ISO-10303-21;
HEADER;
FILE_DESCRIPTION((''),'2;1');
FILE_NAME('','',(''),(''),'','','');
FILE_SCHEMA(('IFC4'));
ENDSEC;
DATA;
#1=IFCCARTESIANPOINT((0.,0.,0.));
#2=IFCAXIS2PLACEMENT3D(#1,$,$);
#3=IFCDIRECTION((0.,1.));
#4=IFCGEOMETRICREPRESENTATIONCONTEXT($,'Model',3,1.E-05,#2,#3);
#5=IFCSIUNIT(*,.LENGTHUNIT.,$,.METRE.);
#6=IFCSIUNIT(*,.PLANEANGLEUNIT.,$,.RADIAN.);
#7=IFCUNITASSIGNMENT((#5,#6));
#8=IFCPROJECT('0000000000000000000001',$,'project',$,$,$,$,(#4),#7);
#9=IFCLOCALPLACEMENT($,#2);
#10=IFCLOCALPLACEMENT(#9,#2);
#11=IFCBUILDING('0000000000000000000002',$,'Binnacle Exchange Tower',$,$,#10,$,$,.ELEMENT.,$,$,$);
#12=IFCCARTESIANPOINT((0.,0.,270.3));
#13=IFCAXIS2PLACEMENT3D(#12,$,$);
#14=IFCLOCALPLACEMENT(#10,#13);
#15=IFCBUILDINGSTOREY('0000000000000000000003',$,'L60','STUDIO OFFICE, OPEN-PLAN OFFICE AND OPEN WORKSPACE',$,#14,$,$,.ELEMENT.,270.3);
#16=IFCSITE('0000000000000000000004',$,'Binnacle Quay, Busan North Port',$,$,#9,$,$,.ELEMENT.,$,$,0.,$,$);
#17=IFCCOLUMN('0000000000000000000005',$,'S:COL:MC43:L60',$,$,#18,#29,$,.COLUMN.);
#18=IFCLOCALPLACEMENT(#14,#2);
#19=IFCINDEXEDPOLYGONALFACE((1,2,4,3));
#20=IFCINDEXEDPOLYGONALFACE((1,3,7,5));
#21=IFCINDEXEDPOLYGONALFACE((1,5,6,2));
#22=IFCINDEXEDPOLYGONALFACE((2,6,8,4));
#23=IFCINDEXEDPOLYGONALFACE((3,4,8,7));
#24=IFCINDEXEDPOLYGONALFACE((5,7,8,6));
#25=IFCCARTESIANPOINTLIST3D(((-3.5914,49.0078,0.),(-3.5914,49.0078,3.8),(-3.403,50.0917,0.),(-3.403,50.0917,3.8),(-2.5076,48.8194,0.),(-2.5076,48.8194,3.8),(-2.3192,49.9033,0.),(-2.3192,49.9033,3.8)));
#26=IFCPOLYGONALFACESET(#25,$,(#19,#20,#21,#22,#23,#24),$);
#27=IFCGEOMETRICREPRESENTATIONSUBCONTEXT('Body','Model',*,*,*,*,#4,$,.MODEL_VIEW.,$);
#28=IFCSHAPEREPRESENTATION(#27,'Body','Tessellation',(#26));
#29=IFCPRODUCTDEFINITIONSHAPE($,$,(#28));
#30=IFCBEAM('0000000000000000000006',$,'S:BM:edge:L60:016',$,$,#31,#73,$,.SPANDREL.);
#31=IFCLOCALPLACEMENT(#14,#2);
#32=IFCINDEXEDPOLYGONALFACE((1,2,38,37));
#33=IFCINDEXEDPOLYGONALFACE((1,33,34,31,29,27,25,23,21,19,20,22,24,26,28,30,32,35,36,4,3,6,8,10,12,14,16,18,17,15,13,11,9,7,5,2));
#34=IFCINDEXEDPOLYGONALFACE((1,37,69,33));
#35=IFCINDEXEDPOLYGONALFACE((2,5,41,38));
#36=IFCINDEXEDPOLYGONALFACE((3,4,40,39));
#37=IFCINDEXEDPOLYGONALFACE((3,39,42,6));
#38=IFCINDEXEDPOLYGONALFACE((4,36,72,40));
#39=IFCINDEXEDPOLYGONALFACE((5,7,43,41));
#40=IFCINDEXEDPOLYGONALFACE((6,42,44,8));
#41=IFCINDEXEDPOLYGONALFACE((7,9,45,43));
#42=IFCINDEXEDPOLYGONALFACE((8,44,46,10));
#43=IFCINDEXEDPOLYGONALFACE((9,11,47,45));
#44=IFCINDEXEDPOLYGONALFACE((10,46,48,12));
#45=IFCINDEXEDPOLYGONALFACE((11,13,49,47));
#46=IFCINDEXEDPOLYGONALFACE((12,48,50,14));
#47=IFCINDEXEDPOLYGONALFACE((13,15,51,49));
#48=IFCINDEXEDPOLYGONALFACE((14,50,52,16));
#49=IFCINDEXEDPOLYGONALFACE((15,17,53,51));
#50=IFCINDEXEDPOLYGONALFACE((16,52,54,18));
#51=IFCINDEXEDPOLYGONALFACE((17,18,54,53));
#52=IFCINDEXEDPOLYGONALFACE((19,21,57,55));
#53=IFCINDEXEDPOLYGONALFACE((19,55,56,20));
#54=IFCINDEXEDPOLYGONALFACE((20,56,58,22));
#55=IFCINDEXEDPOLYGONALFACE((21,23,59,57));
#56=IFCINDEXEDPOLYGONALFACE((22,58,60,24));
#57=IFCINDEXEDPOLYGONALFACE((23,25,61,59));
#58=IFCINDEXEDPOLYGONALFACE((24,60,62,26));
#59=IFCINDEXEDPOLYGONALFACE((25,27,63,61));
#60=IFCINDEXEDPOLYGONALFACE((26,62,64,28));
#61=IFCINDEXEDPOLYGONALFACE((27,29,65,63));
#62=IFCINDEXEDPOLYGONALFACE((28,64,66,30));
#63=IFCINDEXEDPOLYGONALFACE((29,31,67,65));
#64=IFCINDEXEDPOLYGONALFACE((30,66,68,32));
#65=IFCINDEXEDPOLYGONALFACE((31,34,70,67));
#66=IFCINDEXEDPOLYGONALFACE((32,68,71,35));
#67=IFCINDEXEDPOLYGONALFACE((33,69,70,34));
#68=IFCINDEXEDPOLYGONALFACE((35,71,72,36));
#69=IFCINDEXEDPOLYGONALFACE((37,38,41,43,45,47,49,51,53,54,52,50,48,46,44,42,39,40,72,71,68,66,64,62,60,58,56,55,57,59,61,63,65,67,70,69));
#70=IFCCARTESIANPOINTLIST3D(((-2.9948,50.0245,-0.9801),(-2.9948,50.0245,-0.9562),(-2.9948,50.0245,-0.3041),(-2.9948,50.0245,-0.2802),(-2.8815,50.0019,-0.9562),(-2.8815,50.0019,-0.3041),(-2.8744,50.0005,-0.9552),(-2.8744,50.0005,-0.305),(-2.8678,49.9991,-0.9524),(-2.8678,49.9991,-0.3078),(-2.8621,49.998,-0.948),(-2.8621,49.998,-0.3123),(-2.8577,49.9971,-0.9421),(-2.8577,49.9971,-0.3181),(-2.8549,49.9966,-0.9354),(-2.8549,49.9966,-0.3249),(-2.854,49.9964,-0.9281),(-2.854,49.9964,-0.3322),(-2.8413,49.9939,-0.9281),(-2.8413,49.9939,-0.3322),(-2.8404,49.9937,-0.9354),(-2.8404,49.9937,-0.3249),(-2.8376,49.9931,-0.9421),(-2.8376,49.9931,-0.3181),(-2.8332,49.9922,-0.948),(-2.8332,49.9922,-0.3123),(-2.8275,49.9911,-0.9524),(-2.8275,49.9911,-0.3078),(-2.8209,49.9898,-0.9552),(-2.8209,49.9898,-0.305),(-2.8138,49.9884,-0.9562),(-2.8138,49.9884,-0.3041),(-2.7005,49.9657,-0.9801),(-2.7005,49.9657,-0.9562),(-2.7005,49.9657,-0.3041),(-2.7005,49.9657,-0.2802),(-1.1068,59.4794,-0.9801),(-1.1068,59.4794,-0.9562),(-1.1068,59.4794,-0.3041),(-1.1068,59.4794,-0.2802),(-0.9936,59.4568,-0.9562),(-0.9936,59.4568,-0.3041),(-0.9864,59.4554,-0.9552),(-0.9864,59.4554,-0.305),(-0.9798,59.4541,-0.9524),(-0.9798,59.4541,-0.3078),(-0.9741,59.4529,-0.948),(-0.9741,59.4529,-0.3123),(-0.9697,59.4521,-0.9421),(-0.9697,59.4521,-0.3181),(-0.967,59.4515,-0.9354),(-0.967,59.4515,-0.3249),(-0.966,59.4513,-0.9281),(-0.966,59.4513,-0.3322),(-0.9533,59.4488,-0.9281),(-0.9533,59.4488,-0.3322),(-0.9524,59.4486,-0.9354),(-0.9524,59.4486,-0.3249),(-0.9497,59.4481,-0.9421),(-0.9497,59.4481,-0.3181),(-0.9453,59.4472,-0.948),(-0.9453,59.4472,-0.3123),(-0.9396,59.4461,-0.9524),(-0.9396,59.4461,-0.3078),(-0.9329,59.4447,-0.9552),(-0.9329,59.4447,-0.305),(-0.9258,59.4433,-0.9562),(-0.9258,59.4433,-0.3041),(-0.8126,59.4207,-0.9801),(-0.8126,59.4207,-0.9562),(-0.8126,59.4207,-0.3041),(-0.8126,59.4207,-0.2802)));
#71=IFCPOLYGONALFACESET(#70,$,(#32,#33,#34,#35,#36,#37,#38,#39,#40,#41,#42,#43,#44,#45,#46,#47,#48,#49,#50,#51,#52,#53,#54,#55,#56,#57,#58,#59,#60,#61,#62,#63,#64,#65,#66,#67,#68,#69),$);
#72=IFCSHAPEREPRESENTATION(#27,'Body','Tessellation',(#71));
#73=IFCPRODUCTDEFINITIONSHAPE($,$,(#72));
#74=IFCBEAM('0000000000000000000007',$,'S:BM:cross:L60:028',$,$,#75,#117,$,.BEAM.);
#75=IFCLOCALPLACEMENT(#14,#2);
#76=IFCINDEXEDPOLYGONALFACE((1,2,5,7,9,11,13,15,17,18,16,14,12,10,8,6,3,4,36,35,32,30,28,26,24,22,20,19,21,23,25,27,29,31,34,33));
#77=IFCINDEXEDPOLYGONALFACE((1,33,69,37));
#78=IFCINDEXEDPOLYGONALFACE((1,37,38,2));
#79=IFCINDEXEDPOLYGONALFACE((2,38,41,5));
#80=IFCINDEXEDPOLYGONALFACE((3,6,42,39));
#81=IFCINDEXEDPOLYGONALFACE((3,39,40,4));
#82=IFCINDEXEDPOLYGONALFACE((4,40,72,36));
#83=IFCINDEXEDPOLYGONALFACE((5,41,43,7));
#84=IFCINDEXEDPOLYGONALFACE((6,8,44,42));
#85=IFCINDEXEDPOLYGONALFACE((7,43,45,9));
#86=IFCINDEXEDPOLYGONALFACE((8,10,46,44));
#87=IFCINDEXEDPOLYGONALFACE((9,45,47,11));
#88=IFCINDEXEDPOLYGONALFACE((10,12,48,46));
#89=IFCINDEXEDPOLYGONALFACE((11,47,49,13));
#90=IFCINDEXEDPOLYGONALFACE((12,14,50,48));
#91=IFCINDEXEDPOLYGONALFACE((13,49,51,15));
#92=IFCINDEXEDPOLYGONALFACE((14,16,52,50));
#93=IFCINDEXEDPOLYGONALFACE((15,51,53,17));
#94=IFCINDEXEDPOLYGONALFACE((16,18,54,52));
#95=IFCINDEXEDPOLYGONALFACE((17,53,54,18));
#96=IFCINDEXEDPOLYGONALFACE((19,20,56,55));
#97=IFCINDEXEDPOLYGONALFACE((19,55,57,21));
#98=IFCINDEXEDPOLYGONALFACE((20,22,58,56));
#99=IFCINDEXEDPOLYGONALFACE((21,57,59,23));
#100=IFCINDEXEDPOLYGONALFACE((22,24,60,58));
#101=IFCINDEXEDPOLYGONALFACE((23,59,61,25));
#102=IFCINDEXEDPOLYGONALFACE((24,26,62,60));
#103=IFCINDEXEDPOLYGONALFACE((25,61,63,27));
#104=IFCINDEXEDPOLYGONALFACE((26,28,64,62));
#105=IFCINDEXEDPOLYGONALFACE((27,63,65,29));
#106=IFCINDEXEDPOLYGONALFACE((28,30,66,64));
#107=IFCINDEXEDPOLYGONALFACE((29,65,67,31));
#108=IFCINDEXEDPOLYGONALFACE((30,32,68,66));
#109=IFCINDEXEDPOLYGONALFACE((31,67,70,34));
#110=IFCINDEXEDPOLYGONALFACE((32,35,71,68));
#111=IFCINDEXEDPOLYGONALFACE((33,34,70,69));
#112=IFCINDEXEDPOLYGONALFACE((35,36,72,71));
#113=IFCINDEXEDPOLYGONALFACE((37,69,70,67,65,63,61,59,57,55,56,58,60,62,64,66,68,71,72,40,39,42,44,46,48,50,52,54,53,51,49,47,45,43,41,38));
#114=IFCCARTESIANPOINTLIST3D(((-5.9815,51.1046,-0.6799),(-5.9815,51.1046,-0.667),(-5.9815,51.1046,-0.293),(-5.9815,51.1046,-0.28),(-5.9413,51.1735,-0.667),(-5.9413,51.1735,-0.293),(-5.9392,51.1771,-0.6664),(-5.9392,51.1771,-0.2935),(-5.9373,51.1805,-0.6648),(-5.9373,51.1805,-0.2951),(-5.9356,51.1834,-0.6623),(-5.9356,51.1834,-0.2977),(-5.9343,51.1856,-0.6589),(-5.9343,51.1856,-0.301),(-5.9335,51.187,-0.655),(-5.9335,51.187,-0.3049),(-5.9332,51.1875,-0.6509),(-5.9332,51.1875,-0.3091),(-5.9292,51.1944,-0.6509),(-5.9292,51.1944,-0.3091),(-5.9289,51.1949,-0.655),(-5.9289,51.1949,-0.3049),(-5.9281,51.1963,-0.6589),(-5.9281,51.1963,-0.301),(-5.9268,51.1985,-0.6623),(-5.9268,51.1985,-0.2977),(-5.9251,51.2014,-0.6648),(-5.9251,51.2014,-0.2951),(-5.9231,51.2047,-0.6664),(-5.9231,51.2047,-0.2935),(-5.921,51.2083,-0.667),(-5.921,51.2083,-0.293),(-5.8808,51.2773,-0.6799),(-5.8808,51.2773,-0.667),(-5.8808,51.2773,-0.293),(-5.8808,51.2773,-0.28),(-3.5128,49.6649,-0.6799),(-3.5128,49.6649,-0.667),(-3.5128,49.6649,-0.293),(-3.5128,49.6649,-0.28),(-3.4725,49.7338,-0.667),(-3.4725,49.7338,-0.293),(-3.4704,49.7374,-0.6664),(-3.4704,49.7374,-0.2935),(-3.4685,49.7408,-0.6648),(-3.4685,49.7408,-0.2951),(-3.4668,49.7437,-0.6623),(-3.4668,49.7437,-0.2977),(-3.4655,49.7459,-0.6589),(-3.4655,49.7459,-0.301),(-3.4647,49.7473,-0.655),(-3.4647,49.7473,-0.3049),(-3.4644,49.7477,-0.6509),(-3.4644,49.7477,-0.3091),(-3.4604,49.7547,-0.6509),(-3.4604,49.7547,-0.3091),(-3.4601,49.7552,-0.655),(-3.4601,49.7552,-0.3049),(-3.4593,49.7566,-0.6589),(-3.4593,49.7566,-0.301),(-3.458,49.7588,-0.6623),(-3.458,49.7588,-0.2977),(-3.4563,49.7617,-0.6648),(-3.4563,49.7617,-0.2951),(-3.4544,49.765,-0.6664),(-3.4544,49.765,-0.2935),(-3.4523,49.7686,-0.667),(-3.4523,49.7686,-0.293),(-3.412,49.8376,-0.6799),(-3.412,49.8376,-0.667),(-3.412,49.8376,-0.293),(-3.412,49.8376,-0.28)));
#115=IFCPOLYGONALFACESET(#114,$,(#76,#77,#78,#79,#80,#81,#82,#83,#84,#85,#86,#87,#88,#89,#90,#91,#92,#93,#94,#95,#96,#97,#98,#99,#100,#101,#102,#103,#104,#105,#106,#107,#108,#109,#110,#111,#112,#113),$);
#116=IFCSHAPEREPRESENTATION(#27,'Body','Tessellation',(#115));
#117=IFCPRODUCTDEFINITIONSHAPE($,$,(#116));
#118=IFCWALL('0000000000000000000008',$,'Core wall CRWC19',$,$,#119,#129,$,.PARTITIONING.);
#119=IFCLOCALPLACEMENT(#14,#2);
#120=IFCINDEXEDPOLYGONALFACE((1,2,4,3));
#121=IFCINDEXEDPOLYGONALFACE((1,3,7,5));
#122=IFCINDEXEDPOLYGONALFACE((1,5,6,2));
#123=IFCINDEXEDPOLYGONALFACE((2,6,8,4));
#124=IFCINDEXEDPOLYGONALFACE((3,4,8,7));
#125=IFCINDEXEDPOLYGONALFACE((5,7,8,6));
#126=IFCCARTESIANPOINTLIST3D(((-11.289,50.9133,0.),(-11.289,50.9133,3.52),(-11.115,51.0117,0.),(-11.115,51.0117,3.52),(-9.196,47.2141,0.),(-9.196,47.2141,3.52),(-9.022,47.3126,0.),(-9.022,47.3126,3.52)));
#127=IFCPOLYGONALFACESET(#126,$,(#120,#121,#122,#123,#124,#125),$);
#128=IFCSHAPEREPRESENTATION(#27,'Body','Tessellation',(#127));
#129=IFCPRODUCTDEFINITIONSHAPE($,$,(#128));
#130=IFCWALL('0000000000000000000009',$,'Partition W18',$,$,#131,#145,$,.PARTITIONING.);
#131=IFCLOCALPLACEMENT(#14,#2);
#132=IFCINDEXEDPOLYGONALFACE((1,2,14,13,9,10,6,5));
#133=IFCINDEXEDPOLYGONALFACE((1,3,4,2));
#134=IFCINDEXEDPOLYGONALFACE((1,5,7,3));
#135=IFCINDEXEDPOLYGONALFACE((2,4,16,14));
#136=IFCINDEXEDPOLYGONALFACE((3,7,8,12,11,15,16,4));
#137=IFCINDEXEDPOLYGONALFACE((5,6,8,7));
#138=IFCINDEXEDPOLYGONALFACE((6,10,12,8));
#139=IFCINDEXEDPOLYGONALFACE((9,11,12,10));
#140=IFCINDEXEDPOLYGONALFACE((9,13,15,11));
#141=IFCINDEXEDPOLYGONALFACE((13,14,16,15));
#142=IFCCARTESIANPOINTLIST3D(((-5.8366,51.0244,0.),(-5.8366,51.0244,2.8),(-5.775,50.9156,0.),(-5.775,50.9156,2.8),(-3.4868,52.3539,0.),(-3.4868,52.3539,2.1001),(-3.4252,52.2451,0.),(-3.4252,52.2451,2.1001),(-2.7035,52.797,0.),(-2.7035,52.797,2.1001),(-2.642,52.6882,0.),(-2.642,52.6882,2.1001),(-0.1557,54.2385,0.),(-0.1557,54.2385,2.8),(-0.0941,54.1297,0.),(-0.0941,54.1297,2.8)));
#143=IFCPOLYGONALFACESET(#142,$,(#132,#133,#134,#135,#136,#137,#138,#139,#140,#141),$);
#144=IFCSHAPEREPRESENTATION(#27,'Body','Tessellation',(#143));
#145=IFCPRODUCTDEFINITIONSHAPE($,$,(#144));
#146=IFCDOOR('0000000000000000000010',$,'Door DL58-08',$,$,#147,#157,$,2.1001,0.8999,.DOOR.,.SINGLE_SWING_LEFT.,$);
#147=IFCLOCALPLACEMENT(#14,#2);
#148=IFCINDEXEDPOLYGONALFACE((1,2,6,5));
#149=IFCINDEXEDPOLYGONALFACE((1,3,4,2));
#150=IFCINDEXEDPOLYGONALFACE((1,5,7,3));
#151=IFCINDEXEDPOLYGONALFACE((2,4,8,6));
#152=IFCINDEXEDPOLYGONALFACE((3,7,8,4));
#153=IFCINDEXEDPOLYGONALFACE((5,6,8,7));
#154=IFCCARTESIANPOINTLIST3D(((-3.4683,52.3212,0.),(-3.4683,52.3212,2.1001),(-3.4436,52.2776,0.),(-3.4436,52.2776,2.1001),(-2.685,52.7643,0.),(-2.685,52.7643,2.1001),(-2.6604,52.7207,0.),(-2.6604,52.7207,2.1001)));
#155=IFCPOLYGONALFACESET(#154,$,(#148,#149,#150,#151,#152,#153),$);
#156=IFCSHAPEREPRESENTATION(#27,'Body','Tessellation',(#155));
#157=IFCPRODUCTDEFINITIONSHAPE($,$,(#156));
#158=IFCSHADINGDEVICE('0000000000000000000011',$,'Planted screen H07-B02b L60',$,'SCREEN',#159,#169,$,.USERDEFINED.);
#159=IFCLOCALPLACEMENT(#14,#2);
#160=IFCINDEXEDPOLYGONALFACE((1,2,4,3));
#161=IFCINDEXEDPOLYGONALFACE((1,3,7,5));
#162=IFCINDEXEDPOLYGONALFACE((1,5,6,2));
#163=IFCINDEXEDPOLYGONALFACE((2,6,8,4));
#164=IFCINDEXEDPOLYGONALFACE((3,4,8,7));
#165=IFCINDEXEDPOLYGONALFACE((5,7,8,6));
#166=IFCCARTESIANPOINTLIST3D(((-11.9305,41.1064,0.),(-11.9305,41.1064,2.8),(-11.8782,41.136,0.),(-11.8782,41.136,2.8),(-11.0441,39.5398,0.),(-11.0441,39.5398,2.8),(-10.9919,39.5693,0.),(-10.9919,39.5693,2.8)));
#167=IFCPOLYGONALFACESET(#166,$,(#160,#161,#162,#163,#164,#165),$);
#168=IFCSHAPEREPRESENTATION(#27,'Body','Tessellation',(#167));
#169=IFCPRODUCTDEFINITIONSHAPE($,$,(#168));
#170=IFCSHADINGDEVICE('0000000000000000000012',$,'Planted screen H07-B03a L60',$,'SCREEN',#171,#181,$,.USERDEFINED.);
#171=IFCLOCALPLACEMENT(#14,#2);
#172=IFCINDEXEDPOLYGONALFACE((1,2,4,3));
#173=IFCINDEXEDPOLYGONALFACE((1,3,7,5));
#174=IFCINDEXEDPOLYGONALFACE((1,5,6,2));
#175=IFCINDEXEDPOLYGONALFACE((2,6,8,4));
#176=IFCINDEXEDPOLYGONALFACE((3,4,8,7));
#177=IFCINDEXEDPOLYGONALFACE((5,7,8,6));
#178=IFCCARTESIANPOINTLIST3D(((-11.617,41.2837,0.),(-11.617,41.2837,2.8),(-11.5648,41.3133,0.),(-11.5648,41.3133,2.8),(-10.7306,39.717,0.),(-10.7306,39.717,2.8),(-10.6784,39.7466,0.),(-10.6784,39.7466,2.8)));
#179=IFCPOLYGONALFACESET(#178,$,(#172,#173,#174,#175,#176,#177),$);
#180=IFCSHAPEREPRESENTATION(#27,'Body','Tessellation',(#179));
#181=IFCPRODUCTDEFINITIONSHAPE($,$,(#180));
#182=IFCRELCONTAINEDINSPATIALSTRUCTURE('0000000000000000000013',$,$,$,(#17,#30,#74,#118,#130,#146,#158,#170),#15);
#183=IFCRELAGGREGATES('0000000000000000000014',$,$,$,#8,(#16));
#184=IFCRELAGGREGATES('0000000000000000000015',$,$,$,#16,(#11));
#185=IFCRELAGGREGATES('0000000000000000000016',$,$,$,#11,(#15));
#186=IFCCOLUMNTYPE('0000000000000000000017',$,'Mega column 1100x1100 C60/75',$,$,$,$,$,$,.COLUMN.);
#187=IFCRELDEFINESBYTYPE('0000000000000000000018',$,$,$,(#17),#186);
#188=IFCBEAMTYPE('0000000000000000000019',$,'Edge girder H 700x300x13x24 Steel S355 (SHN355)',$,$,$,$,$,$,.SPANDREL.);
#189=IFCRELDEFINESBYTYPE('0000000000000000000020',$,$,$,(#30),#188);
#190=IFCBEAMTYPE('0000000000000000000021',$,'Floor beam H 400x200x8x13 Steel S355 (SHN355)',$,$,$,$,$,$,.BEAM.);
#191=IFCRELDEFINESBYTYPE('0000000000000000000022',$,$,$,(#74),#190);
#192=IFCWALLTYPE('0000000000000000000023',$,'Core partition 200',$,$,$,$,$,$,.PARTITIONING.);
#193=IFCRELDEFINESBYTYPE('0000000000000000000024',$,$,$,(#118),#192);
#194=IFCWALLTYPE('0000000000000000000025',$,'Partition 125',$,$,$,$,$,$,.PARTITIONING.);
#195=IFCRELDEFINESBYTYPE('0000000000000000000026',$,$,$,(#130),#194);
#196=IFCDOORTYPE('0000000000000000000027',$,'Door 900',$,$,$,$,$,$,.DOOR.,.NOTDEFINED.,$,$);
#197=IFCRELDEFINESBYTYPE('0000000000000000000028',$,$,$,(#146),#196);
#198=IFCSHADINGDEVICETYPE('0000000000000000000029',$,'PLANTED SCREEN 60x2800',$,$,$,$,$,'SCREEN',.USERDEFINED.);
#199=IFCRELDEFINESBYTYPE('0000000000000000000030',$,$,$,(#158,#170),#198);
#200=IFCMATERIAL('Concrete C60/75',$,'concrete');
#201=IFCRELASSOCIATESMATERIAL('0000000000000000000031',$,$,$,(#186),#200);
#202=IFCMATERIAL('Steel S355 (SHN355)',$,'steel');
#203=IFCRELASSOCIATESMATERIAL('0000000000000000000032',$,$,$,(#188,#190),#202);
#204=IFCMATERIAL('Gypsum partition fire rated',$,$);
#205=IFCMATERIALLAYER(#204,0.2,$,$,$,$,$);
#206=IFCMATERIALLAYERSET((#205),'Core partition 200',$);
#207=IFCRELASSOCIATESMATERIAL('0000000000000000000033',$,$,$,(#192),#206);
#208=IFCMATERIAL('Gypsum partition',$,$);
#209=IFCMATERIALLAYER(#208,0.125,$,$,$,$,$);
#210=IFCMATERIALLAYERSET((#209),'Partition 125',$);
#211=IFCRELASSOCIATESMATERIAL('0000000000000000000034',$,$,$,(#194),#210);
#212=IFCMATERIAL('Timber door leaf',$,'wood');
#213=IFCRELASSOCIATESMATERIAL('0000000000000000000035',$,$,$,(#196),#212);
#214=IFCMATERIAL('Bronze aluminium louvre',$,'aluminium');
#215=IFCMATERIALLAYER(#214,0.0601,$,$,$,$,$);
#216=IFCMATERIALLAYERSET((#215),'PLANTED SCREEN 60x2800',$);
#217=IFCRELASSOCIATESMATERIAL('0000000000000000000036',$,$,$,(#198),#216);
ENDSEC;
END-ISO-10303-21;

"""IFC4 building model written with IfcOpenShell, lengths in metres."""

from ifc_helpers import new_model, si_unit, direction, frame, frame_2d, origin, origin_2d, place, context, subcontext, project, spatial, rectangle, i_section, extrude, material, layer, layer_set, material_profile, profile_set, type_object, element, fill, save


model = new_model("IFC4")

# Units and contexts
model_context = context("Model", 3, precision=1e-05, world=origin(), true_north=direction((0.0, 1.0)))
body_context = subcontext(model_context, "Body", "Model", "MODEL_VIEW")
ifc_project = project(units=[si_unit("LENGTHUNIT", "METRE"), si_unit("PLANEANGLEUNIT", "RADIAN")], contexts=[model_context])

# Site, building, storey
site_placement = place(None, origin())
site = spatial("IfcSite", under=ifc_project, at=site_placement, Name="Binnacle Quay, Busan North Port", CompositionType="ELEMENT", RefElevation=0.0)
building_placement = place(site_placement, origin())
building = spatial("IfcBuilding", under=site, at=building_placement, Name="Binnacle Exchange Tower", CompositionType="ELEMENT")
storey_placement = place(building_placement, frame((0.0, 0.0, 270.3)))
storey = spatial("IfcBuildingStorey", under=building, at=storey_placement, Name="L60", Description="STUDIO OFFICE, OPEN-PLAN OFFICE AND OPEN WORKSPACE", CompositionType="ELEMENT", Elevation=270.3)

# Column
ifc_material_1 = material(Name="Concrete C60/75", Category="concrete")
ifc_material_profile_1 = material_profile(ifc_material_1, rectangle(XDim=1.1001, YDim=1.1001, at=origin_2d()), Name="Mega column 1100x1100 C60/75")
ifc_profile_set_1 = profile_set([ifc_material_profile_1], Name="Concrete C60/75")
column_type = type_object("IfcColumnType", Name="Mega column 1100x1100 C60/75", PredefinedType="COLUMN", material=ifc_profile_set_1)
column_placement = place(storey_placement, frame((-2.9553, 49.4556, 0.0), z_axis=(0.0, 0.0, 1.0), x_axis=(-0.985226, 0.171259, 0.0)))
element("IfcColumn", 1, at=column_placement, inside=storey, type_object=column_type, Name="S:COL:MC43:L60", PredefinedType="COLUMN", context=body_context, shape_type="SweptSolid", body=[
    extrude(rectangle(XDim=1.1001, YDim=1.1001, at=origin_2d()), origin(), (0.0, 0.0, 1.0), 3.8),
])

# Beams
ifc_material_2 = material(Name="Steel S355 (SHN355)", Category="steel")
ifc_material_profile_2 = material_profile(ifc_material_2, i_section(OverallWidth=0.3, OverallDepth=0.7, WebThickness=0.0129, FlangeThickness=0.0239, FilletRadius=0.0281, at=origin_2d()), Name="H 700x300x13x24")
ifc_profile_set_2 = profile_set([ifc_material_profile_2], Name="Steel S355 (SHN355)")
beam_type_1 = type_object("IfcBeamType", Name="Edge girder H 700x300x13x24 Steel S355 (SHN355)", PredefinedType="SPANDREL", material=ifc_profile_set_2)
beam_1_placement = place(storey_placement, frame((-2.8477, 49.9951, -0.6301), z_axis=(0.195814, 0.980641, 0.0), x_axis=(-0.980641, 0.195814, 0.0)))
element("IfcBeam", 2, at=beam_1_placement, inside=storey, type_object=beam_type_1, Name="S:BM:edge:L60:016", PredefinedType="SPANDREL", context=body_context, shape_type="SweptSolid", body=[
    extrude(i_section(OverallWidth=0.3, OverallDepth=0.7, WebThickness=0.0129, FlangeThickness=0.0239, FilletRadius=0.0281, at=origin_2d()), origin(), (0.0, 0.0, 1.0), 9.6416),
])
ifc_material_profile_3 = material_profile(ifc_material_2, i_section(OverallWidth=0.2, OverallDepth=0.3999, WebThickness=0.0081, FlangeThickness=0.0129, FilletRadius=0.0161, at=origin_2d()), Name="H 400x200x8x13")
ifc_profile_set_3 = profile_set([ifc_material_profile_3], Name="Steel S355 (SHN355)")
beam_type_2 = type_object("IfcBeamType", Name="Floor beam H 400x200x8x13 Steel S355 (SHN355)", PredefinedType="BEAM", material=ifc_profile_set_3)
beam_2_placement = place(storey_placement, frame((-3.4624, 49.7512, -0.48), z_axis=(-0.863841, 0.503765, 0.0), x_axis=(-0.503765, -0.863841, 0.0)))
element("IfcBeam", 3, at=beam_2_placement, inside=storey, type_object=beam_type_2, Name="S:BM:cross:L60:028", PredefinedType="BEAM", context=body_context, shape_type="SweptSolid", body=[
    extrude(i_section(OverallWidth=0.2, OverallDepth=0.3999, WebThickness=0.0081, FlangeThickness=0.0129, FilletRadius=0.0161, at=origin_2d()), origin(), (0.0, 0.0, 1.0), 2.8579),
])

# Wall
ifc_material_3 = material(Name="Gypsum partition fire rated")
ifc_layer_1 = layer(ifc_material_3, 0.2)
ifc_layer_set_1 = layer_set([ifc_layer_1], Name="Core partition 200")
wall_type_1 = type_object("IfcWallType", Name="Core partition 200", PredefinedType="PARTITIONING", material=ifc_layer_set_1)
wall_1_placement = place(storey_placement, frame((-11.2019, 50.9624, 0.0), z_axis=(0.0, 0.0, 1.0), x_axis=(0.492441, -0.870346, 0.0)))
element("IfcWall", 4, at=wall_1_placement, inside=storey, type_object=wall_type_1, Name="Core wall CRWC19", PredefinedType="PARTITIONING", context=body_context, shape_type="SweptSolid", body=[
    extrude(rectangle(XDim=4.2502, YDim=0.2, at=frame_2d((2.125, 0.0))), origin(), (0.0, 0.0, 1.0), 3.52),
])

# Wall, opening, door
ifc_material_4 = material(Name="Gypsum partition")
ifc_layer_2 = layer(ifc_material_4, 0.125)
ifc_layer_set_2 = layer_set([ifc_layer_2], Name="Partition 125")
wall_type_2 = type_object("IfcWallType", Name="Partition 125", PredefinedType="PARTITIONING", material=ifc_layer_set_2)
wall_2_placement = place(storey_placement, frame((-5.8059, 50.97, 0.0), z_axis=(0.0, 0.0, 1.0), x_axis=(0.870355, 0.492425, 0.0)))
wall_2 = element("IfcWall", 5, at=wall_2_placement, inside=storey, type_object=wall_type_2, Name="Partition W18", PredefinedType="PARTITIONING", context=body_context, shape_type="SweptSolid", body=[
    extrude(rectangle(XDim=6.5271, YDim=0.125, at=frame_2d((3.2637, 0.0))), origin(), (0.0, 0.0, 1.0), 2.8),
])
opening_1_placement = place(wall_2_placement, frame((2.7, 0.0, 0.0)))
opening_1 = element("IfcOpeningElement", 6, at=opening_1_placement, cuts=wall_2, PredefinedType="OPENING", context=body_context, shape_type="SweptSolid", body=[
    extrude(rectangle(XDim=0.8999, YDim=2.1001, at=frame_2d((0.45, 1.05))), frame((0.0, 0.0725, 0.0), z_axis=(0.0, -1.0, 0.0), x_axis=(1.0, 0.0, 0.0)), (0.0, 0.0, 1.0), 0.145),
])
ifc_material_5 = material(Name="Timber door leaf", Category="wood")
door_type_1 = type_object("IfcDoorType", Name="Door 900", OperationType="NOTDEFINED", PredefinedType="DOOR", material=ifc_material_5)
door_1_placement = place(opening_1_placement, origin())
door_1 = element("IfcDoor", 7, at=door_1_placement, inside=storey, type_object=door_type_1, Name="Door DL58-08", OperationType="SINGLE_SWING_LEFT", OverallHeight=2.1001, OverallWidth=0.8999, PredefinedType="DOOR", context=body_context, shape_type="SweptSolid", body=[
    extrude(rectangle(XDim=0.8999, YDim=2.1001, at=frame_2d((0.45, 1.05))), frame((0.0, 0.0249, 0.0), z_axis=(0.0, -1.0, 0.0), x_axis=(1.0, 0.0, 0.0)), (0.0, 0.0, 1.0), 0.05),
])
fill(opening_1, door_1)

# Shading devices
ifc_material_6 = material(Name="Bronze aluminium louvre", Category="aluminium")
ifc_layer_3 = layer(ifc_material_6, 0.0601)
ifc_layer_set_3 = layer_set([ifc_layer_3], Name="PLANTED SCREEN 60x2800")
shading_device_type = type_object("IfcShadingDeviceType", Name="PLANTED SCREEN 60x2800", ElementType="SCREEN", PredefinedType="USERDEFINED", material=ifc_layer_set_3)
for number, where, z_axis, x_axis, name in (
    (8, (-11.4612, 40.3379, 0.0), (0.0, 0.0, 1.0), (0.870356, 0.492424, 0.0), "Planted screen H07-B02b L60"),
    (9, (-11.1477, 40.5151, 0.0), (0.0, 0.0, 1.0), (0.870356, 0.492424, 0.0), "Planted screen H07-B03a L60"),
):
    element("IfcShadingDevice", number, at=place(storey_placement, frame(where, z_axis=z_axis, x_axis=x_axis)), inside=storey, type_object=shading_device_type, Name=name, ObjectType="SCREEN", PredefinedType="USERDEFINED", context=body_context, shape_type="SweptSolid", body=[
        extrude(rectangle(XDim=0.0601, YDim=1.8, at=origin_2d()), origin(), (0.0, 0.0, 1.0), 2.8),
    ])

save(model, "model.ifc")
